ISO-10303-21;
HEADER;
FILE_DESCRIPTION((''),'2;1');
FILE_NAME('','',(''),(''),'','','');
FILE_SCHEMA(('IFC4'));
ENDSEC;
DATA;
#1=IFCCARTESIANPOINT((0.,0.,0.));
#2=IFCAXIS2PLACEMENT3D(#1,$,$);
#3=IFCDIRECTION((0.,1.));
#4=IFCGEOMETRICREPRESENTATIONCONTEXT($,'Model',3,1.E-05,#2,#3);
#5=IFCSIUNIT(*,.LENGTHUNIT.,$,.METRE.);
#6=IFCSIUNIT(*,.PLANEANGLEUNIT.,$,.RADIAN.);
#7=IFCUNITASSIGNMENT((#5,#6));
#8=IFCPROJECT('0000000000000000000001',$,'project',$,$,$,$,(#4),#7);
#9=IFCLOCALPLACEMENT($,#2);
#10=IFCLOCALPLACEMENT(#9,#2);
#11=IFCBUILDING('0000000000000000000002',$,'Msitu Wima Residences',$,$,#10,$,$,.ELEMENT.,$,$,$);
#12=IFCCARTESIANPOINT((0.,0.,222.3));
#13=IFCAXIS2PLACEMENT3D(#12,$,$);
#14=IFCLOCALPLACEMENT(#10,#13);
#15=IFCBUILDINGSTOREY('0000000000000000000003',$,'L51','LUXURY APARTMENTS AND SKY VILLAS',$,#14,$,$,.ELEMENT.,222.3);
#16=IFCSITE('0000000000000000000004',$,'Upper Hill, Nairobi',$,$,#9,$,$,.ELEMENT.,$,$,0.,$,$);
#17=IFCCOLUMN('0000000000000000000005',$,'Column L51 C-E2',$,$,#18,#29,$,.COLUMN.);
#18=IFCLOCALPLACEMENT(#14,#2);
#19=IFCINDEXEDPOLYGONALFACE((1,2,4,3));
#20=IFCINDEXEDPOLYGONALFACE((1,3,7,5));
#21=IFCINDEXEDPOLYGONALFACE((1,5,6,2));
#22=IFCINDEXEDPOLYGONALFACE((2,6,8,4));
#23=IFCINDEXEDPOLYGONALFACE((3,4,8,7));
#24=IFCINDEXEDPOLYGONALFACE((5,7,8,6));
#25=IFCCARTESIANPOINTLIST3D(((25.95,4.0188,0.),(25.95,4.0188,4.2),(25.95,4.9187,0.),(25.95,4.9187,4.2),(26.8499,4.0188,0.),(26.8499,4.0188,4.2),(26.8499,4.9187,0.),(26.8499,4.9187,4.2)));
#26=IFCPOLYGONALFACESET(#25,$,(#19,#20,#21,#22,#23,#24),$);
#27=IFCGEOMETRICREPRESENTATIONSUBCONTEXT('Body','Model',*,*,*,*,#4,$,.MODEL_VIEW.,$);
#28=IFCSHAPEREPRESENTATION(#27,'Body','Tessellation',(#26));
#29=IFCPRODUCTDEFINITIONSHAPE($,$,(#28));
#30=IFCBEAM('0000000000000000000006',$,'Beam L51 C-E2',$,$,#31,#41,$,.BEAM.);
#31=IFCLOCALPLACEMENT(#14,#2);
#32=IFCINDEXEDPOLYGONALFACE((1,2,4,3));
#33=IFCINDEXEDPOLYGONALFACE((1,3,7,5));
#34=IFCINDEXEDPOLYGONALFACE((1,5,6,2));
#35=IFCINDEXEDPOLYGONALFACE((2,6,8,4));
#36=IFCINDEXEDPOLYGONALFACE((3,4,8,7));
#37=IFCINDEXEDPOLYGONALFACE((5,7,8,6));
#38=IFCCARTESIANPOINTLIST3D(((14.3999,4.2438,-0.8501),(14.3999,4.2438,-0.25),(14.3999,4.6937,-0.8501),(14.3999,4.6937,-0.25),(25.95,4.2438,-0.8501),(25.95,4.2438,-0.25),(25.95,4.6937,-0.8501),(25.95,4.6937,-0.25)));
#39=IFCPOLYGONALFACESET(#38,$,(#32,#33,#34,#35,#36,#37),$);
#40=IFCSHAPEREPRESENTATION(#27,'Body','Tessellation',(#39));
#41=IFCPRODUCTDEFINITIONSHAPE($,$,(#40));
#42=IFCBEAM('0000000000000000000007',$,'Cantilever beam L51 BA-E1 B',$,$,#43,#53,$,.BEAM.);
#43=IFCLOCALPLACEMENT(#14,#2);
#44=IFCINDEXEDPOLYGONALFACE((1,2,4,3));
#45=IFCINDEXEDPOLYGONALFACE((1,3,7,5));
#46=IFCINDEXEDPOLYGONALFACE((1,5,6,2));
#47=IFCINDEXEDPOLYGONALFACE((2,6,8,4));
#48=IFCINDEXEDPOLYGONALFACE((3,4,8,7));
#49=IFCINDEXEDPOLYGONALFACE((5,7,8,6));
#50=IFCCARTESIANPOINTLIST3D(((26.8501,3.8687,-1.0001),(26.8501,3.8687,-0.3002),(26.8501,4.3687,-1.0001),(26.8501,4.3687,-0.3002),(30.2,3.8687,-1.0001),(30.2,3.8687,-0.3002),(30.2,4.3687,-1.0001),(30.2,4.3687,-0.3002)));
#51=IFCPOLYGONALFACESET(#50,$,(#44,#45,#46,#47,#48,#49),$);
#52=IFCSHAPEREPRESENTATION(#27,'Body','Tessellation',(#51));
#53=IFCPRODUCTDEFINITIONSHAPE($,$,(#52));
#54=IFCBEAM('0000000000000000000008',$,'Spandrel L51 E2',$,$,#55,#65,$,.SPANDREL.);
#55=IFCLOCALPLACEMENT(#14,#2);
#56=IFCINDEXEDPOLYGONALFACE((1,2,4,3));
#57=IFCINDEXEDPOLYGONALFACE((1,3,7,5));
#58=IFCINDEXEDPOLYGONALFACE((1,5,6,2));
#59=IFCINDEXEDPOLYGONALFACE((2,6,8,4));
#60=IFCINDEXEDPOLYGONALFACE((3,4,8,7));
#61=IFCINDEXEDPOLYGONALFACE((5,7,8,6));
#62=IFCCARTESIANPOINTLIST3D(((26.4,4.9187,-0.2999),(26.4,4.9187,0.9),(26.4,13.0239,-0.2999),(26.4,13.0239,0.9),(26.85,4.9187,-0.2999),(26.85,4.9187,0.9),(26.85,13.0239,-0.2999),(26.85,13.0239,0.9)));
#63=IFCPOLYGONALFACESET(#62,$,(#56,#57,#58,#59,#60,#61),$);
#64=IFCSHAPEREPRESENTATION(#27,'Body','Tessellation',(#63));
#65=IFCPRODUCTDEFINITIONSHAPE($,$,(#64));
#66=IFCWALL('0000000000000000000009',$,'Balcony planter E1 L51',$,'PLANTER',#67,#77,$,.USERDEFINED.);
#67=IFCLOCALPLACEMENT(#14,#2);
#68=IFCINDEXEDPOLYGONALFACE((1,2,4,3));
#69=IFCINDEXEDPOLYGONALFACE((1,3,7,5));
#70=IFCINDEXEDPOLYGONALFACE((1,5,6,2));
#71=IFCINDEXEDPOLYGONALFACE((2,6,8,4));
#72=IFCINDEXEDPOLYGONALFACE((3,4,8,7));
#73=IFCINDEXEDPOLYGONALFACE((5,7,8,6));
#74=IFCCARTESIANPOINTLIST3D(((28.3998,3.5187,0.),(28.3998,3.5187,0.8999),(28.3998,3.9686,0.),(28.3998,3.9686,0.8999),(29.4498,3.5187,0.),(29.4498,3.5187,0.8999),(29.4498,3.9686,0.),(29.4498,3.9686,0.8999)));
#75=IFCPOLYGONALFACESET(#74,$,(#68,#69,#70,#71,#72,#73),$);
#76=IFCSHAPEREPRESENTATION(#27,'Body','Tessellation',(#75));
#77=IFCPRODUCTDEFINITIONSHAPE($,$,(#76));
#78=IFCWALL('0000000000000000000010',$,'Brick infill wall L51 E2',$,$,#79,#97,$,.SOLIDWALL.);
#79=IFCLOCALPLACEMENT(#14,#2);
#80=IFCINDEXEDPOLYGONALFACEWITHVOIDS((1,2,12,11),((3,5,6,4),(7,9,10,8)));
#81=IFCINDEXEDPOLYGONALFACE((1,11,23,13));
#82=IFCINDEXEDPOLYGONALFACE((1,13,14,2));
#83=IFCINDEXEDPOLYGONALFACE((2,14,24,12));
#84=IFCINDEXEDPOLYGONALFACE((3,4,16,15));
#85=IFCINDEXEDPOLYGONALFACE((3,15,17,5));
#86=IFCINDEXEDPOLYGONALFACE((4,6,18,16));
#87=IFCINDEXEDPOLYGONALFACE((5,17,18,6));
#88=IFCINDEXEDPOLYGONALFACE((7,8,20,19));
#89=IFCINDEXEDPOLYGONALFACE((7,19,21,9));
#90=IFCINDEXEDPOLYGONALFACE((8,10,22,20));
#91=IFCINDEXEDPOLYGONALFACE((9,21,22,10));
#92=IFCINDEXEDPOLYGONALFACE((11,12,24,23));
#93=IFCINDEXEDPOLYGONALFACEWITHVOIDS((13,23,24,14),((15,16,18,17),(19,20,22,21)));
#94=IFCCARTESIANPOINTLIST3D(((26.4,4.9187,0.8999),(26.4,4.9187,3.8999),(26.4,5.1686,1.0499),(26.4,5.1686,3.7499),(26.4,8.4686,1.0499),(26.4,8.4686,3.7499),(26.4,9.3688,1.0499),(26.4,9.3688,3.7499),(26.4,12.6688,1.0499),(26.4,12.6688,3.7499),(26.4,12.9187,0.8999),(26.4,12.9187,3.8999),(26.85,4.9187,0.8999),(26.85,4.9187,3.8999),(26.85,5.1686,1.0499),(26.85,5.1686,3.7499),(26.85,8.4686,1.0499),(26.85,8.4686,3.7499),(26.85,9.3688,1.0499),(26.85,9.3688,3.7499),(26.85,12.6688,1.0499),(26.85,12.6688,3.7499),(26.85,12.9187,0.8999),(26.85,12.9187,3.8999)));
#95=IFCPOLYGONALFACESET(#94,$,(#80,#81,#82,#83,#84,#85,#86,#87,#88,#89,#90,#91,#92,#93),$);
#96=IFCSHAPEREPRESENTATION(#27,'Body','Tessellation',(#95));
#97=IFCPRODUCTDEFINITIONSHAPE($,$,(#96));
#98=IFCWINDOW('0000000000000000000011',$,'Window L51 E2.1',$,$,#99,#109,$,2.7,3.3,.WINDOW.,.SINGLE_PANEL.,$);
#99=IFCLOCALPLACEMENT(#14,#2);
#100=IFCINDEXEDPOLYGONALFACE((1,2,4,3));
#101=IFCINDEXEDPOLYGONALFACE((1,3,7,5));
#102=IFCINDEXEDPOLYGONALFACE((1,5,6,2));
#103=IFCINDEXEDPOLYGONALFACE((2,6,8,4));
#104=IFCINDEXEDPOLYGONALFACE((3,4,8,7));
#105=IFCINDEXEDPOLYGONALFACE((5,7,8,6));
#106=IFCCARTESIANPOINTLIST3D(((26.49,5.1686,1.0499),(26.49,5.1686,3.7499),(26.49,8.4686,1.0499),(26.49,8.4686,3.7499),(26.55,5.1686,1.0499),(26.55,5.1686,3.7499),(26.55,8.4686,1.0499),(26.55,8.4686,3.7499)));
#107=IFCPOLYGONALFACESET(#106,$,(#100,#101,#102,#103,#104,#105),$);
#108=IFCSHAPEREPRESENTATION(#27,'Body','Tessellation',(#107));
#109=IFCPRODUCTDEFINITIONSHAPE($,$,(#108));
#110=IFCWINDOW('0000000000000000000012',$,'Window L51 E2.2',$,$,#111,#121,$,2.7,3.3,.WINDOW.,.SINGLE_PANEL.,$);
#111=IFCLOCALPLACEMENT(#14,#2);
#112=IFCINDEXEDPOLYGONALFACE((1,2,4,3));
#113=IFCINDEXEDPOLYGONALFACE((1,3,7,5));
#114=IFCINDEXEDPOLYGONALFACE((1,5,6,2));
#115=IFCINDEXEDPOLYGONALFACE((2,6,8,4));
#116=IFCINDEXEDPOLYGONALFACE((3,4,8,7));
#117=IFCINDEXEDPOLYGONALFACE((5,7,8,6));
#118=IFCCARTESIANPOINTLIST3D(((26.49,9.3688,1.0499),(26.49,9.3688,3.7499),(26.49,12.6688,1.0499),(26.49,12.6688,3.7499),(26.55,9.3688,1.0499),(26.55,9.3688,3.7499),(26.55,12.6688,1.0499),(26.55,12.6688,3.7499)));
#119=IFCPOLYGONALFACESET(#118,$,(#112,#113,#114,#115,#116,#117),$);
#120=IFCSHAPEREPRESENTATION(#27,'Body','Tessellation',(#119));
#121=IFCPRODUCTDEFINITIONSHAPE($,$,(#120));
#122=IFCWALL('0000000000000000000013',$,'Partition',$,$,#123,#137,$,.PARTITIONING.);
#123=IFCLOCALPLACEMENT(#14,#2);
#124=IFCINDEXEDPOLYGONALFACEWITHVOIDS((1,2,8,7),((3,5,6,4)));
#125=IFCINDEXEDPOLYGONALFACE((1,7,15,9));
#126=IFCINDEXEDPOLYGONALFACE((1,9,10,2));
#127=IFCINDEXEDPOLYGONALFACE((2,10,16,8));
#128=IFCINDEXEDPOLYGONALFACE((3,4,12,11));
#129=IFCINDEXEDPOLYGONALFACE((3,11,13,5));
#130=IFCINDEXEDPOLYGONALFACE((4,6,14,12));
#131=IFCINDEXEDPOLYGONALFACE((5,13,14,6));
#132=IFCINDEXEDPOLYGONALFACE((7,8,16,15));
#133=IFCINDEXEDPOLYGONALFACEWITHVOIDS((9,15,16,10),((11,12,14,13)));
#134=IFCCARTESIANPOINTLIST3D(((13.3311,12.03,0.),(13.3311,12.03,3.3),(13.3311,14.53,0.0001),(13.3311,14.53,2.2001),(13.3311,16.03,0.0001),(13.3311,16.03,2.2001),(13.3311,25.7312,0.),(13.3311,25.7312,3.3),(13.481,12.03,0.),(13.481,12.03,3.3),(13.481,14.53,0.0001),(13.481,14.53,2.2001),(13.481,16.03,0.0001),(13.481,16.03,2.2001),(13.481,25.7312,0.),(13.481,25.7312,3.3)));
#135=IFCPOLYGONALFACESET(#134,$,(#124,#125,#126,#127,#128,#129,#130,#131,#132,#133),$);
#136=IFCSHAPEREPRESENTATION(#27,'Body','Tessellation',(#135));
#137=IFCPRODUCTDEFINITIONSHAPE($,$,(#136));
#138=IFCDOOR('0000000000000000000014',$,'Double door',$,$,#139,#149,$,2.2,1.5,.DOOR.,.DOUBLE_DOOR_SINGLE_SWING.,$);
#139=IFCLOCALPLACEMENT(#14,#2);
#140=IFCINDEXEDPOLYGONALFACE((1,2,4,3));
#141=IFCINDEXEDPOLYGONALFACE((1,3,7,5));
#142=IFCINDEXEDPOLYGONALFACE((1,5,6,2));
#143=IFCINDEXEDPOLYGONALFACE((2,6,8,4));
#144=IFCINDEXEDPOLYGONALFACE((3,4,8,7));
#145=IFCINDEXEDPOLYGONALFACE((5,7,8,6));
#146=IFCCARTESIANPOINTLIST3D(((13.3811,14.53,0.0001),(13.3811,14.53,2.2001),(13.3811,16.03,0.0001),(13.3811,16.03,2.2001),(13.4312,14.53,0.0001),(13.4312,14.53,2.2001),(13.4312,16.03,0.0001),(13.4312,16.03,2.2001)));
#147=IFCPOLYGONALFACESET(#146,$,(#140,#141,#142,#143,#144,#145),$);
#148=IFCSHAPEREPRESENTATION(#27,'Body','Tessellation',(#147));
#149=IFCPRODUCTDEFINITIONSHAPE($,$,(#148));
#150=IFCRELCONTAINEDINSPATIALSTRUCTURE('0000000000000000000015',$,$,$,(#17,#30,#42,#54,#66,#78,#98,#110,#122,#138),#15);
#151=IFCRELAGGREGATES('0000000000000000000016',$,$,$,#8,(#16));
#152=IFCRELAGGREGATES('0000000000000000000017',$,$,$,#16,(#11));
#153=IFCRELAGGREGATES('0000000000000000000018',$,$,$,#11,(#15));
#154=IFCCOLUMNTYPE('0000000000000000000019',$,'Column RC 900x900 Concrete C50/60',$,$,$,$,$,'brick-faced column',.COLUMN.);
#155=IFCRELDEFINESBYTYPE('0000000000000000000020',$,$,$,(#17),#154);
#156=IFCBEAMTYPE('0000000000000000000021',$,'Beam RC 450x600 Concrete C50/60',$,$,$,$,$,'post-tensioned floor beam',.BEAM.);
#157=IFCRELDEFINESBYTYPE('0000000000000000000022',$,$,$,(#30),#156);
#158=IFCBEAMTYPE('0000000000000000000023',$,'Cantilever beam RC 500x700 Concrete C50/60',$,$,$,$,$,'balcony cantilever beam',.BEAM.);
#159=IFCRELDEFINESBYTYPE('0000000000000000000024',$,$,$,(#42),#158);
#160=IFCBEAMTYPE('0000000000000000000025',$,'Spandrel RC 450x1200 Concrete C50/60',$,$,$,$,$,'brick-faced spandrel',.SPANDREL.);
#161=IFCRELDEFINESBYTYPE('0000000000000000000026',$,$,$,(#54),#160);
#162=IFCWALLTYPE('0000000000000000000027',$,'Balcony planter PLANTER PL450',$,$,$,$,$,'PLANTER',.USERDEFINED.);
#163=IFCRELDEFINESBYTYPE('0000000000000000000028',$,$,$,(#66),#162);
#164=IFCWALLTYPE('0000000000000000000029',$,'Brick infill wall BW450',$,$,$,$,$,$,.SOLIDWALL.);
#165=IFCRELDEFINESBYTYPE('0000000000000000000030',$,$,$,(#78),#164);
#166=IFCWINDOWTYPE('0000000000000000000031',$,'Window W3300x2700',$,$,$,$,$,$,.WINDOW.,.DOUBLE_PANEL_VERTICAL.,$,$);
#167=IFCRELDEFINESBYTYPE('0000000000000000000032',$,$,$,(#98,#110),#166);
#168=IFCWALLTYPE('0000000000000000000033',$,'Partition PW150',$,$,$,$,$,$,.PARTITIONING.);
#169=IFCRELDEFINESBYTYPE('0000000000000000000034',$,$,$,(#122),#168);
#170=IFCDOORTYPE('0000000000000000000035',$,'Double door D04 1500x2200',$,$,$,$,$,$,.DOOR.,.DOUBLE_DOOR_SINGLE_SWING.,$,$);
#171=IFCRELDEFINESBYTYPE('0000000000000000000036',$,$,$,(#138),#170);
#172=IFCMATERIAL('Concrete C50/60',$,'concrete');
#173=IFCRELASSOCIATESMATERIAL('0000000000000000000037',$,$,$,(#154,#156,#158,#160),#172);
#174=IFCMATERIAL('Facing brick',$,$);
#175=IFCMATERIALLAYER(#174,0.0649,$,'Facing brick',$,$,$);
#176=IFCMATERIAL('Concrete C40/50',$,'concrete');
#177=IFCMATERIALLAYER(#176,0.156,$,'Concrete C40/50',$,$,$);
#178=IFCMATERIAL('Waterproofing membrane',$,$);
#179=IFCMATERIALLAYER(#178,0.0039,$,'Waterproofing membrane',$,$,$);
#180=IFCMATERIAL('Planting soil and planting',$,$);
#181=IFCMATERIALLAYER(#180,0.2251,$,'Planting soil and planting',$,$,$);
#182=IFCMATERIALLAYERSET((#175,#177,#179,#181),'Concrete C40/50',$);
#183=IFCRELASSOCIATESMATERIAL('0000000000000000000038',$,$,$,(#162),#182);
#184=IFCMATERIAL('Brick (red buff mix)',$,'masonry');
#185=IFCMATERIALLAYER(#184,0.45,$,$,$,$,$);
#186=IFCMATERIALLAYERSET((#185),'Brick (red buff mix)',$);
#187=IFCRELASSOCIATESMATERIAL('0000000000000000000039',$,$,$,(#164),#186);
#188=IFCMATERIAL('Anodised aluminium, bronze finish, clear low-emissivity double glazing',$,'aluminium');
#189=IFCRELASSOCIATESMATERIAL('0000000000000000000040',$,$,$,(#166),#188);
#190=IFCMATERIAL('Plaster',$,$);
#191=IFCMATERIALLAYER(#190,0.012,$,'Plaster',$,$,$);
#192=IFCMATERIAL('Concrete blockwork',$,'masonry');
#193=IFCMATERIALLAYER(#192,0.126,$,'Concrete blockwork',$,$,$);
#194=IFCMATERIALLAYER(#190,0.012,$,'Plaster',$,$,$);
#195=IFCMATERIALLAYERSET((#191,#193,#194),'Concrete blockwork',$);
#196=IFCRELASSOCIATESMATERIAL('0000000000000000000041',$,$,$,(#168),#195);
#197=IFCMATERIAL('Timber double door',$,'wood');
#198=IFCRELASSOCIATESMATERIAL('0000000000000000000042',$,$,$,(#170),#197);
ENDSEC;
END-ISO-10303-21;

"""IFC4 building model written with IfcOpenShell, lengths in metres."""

from ifc_helpers import new_model, si_unit, direction, frame, frame_2d, origin, origin_2d, place, context, subcontext, project, spatial, rectangle, extrude, material, layer, layer_set, material_profile, profile_set, type_object, element, fill, save


model = new_model("IFC4")

# Units and contexts
model_context = context("Model", 3, precision=1e-05, world=origin(), true_north=direction((0.0, 1.0)))
body_context = subcontext(model_context, "Body", "Model", "MODEL_VIEW")
ifc_project = project(units=[si_unit("LENGTHUNIT", "METRE"), si_unit("PLANEANGLEUNIT", "RADIAN")], contexts=[model_context])

# Site, building, storey
site_placement = place(None, origin())
site = spatial("IfcSite", under=ifc_project, at=site_placement, Name="Upper Hill, Nairobi", CompositionType="ELEMENT", RefElevation=0.0)
building_placement = place(site_placement, origin())
building = spatial("IfcBuilding", under=site, at=building_placement, Name="Msitu Wima Residences", CompositionType="ELEMENT")
storey_placement = place(building_placement, frame((0.0, 0.0, 222.3)))
storey = spatial("IfcBuildingStorey", under=building, at=storey_placement, Name="L51", Description="LUXURY APARTMENTS AND SKY VILLAS", CompositionType="ELEMENT", Elevation=222.3)

# Column
ifc_material_1 = material(Name="Concrete C50/60", Category="concrete")
ifc_material_profile_1 = material_profile(ifc_material_1, rectangle(XDim=0.8999, YDim=0.8999, at=origin_2d()), Name="RC 900x900")
ifc_profile_set_1 = profile_set([ifc_material_profile_1], Name="Concrete C50/60")
column_type = type_object("IfcColumnType", Name="Column RC 900x900 Concrete C50/60", ElementType="brick-faced column", PredefinedType="COLUMN", material=ifc_profile_set_1)
column_placement = place(storey_placement, frame((26.3999, 4.4688, 0.0), z_axis=(0.0, 0.0, 1.0), x_axis=(0.0, 1.0, 0.0)))
element("IfcColumn", 1, at=column_placement, inside=storey, type_object=column_type, Name="Column L51 C-E2", PredefinedType="COLUMN", context=body_context, shape_type="SweptSolid", body=[
    extrude(rectangle(XDim=0.8999, YDim=0.8999, at=origin_2d()), origin(), (0.0, 0.0, 1.0), 4.2),
])

# Beams
ifc_material_profile_2 = material_profile(ifc_material_1, rectangle(XDim=0.45, YDim=0.6001, at=origin_2d()), Name="RC 450x600")
ifc_profile_set_2 = profile_set([ifc_material_profile_2], Name="Concrete C50/60")
beam_type_1 = type_object("IfcBeamType", Name="Beam RC 450x600 Concrete C50/60", ElementType="post-tensioned floor beam", PredefinedType="BEAM", material=ifc_profile_set_2)
beam_1_placement = place(storey_placement, frame((25.95, 4.4688, -0.55), z_axis=(-1.0, 0.0, 0.0), x_axis=(0.0, -1.0, 0.0)))
element("IfcBeam", 2, at=beam_1_placement, inside=storey, type_object=beam_type_1, Name="Beam L51 C-E2", PredefinedType="BEAM", context=body_context, shape_type="SweptSolid", body=[
    extrude(rectangle(XDim=0.45, YDim=0.6001, at=origin_2d()), origin(), (0.0, 0.0, 1.0), 11.55),
])
ifc_material_profile_3 = material_profile(ifc_material_1, rectangle(XDim=0.5, YDim=0.7, at=origin_2d()), Name="RC 500x700")
ifc_profile_set_3 = profile_set([ifc_material_profile_3], Name="Concrete C50/60")
beam_type_2 = type_object("IfcBeamType", Name="Cantilever beam RC 500x700 Concrete C50/60", ElementType="balcony cantilever beam", PredefinedType="BEAM", material=ifc_profile_set_3)
beam_2_placement = place(storey_placement, frame((26.8501, 4.1187, -0.6501), z_axis=(1.0, 0.0, 0.0), x_axis=(0.0, 1.0, 0.0)))
element("IfcBeam", 3, at=beam_2_placement, inside=storey, type_object=beam_type_2, Name="Cantilever beam L51 BA-E1 B", PredefinedType="BEAM", context=body_context, shape_type="SweptSolid", body=[
    extrude(rectangle(XDim=0.5, YDim=0.7, at=origin_2d()), origin(), (0.0, 0.0, 1.0), 3.3499),
])
ifc_material_profile_4 = material_profile(ifc_material_1, rectangle(XDim=0.45, YDim=1.2, at=origin_2d()), Name="RC 450x1200")
ifc_profile_set_4 = profile_set([ifc_material_profile_4], Name="Concrete C50/60")
beam_type_3 = type_object("IfcBeamType", Name="Spandrel RC 450x1200 Concrete C50/60", ElementType="brick-faced spandrel", PredefinedType="SPANDREL", material=ifc_profile_set_4)
beam_3_placement = place(storey_placement, frame((26.625, 4.9187, 0.3), z_axis=(0.0, 1.0, 0.0), x_axis=(-1.0, 0.0, 0.0)))
element("IfcBeam", 4, at=beam_3_placement, inside=storey, type_object=beam_type_3, Name="Spandrel L51 E2", PredefinedType="SPANDREL", context=body_context, shape_type="SweptSolid", body=[
    extrude(rectangle(XDim=0.45, YDim=1.2, at=origin_2d()), origin(), (0.0, 0.0, 1.0), 8.1052),
])

# Wall
ifc_material_2 = material(Name="Facing brick")
ifc_layer_1 = layer(ifc_material_2, 0.0649, Name="Facing brick")
ifc_material_3 = material(Name="Concrete C40/50", Category="concrete")
ifc_layer_2 = layer(ifc_material_3, 0.156, Name="Concrete C40/50")
ifc_material_4 = material(Name="Waterproofing membrane")
ifc_layer_3 = layer(ifc_material_4, 0.0039, Name="Waterproofing membrane")
ifc_material_5 = material(Name="Planting soil and planting")
ifc_layer_4 = layer(ifc_material_5, 0.2251, Name="Planting soil and planting")
ifc_layer_set_1 = layer_set([ifc_layer_1, ifc_layer_2, ifc_layer_3, ifc_layer_4], Name="Concrete C40/50")
wall_type_1 = type_object("IfcWallType", Name="Balcony planter PLANTER PL450", ElementType="PLANTER", PredefinedType="USERDEFINED", material=ifc_layer_set_1)
wall_1_placement = place(storey_placement, frame((28.3999, 3.7437, 0.0), z_axis=(0.0, 0.0, 1.0), x_axis=(1.0, 0.0, 0.0)))
element("IfcWall", 5, at=wall_1_placement, inside=storey, type_object=wall_type_1, Name="Balcony planter E1 L51", ObjectType="PLANTER", PredefinedType="USERDEFINED", context=body_context, shape_type="SweptSolid", body=[
    extrude(rectangle(XDim=1.05, YDim=0.45, at=frame_2d((0.5249, 0.0))), origin(), (0.0, 0.0, 1.0), 0.8999),
])

# Wall, openings, windows
ifc_material_6 = material(Name="Brick (red buff mix)", Category="masonry")
ifc_layer_5 = layer(ifc_material_6, 0.45)
ifc_layer_set_2 = layer_set([ifc_layer_5], Name="Brick (red buff mix)")
wall_type_2 = type_object("IfcWallType", Name="Brick infill wall BW450", PredefinedType="SOLIDWALL", material=ifc_layer_set_2)
wall_2_placement = place(storey_placement, frame((26.625, 4.9187, 0.8999), z_axis=(0.0, 0.0, 1.0), x_axis=(0.0, 1.0, 0.0)))
wall_2 = element("IfcWall", 6, at=wall_2_placement, inside=storey, type_object=wall_type_2, Name="Brick infill wall L51 E2", PredefinedType="SOLIDWALL", context=body_context, shape_type="SweptSolid", body=[
    extrude(rectangle(XDim=8.0, YDim=0.45, at=frame_2d((4.0, 0.0))), origin(), (0.0, 0.0, 1.0), 3.0),
])
opening_1_placement = place(wall_2_placement, frame((0.25, 0.0, 0.1499)))
opening_1 = element("IfcOpeningElement", 7, at=opening_1_placement, cuts=wall_2, PredefinedType="OPENING", context=body_context, shape_type="SweptSolid", body=[
    extrude(rectangle(XDim=3.3, YDim=2.7, at=frame_2d((1.6499, 1.3501))), frame((0.0, 0.2349, 0.0), z_axis=(0.0, -1.0, 0.0), x_axis=(1.0, 0.0, 0.0)), (0.0, 0.0, 1.0), 0.47),
])
opening_2_placement = place(wall_2_placement, frame((4.4502, 0.0, 0.1499)))
opening_2 = element("IfcOpeningElement", 8, at=opening_2_placement, cuts=wall_2, PredefinedType="OPENING", context=body_context, shape_type="SweptSolid", body=[
    extrude(rectangle(XDim=3.3, YDim=2.7, at=frame_2d((1.6499, 1.3501))), frame((0.0, 0.2349, 0.0), z_axis=(0.0, -1.0, 0.0), x_axis=(1.0, 0.0, 0.0)), (0.0, 0.0, 1.0), 0.47),
])
ifc_material_7 = material(Name="Anodised aluminium, bronze finish, clear low-emissivity double glazing", Category="aluminium")
window_type = type_object("IfcWindowType", Name="Window W3300x2700", PartitioningType="DOUBLE_PANEL_VERTICAL", PredefinedType="WINDOW", material=ifc_material_7)
window_1_placement = place(opening_1_placement, origin())
window_1 = element("IfcWindow", 9, at=window_1_placement, inside=storey, type_object=window_type, Name="Window L51 E2.1", OverallHeight=2.7, OverallWidth=3.3, PartitioningType="SINGLE_PANEL", PredefinedType="WINDOW", context=body_context, shape_type="SweptSolid", body=[
    extrude(rectangle(XDim=3.3, YDim=2.7, at=frame_2d((1.6499, 1.3501))), frame((0.0, 0.135, 0.0), z_axis=(0.0, -1.0, 0.0), x_axis=(1.0, 0.0, 0.0)), (0.0, 0.0, 1.0), 0.0601),
])
fill(opening_1, window_1)
window_2_placement = place(opening_2_placement, origin())
window_2 = element("IfcWindow", 10, at=window_2_placement, inside=storey, type_object=window_type, Name="Window L51 E2.2", OverallHeight=2.7, OverallWidth=3.3, PartitioningType="SINGLE_PANEL", PredefinedType="WINDOW", context=body_context, shape_type="SweptSolid", body=[
    extrude(rectangle(XDim=3.3, YDim=2.7, at=frame_2d((1.6499, 1.3501))), frame((0.0, 0.135, 0.0), z_axis=(0.0, -1.0, 0.0), x_axis=(1.0, 0.0, 0.0)), (0.0, 0.0, 1.0), 0.0601),
])
fill(opening_2, window_2)

# Wall, opening, door
ifc_material_8 = material(Name="Plaster")
ifc_layer_6 = layer(ifc_material_8, 0.012, Name="Plaster")
ifc_material_9 = material(Name="Concrete blockwork", Category="masonry")
ifc_layer_7 = layer(ifc_material_9, 0.126, Name="Concrete blockwork")
ifc_layer_8 = layer(ifc_material_8, 0.012, Name="Plaster")
ifc_layer_set_3 = layer_set([ifc_layer_6, ifc_layer_7, ifc_layer_8], Name="Concrete blockwork")
wall_type_3 = type_object("IfcWallType", Name="Partition PW150", PredefinedType="PARTITIONING", material=ifc_layer_set_3)
wall_3_placement = place(storey_placement, frame((13.406, 12.03, 0.0), z_axis=(0.0, 0.0, 1.0), x_axis=(0.0, 1.0, 0.0)))
wall_3 = element("IfcWall", 11, at=wall_3_placement, inside=storey, type_object=wall_type_3, Name="Partition", PredefinedType="PARTITIONING", context=body_context, shape_type="SweptSolid", body=[
    extrude(rectangle(XDim=13.7012, YDim=0.1499, at=frame_2d((6.8506, 0.0))), origin(), (0.0, 0.0, 1.0), 3.3),
])
opening_3_placement = place(wall_3_placement, frame((2.5, 0.0, 0.0)))
opening_3 = element("IfcOpeningElement", 12, at=opening_3_placement, cuts=wall_3, PredefinedType="OPENING", context=body_context, shape_type="SweptSolid", body=[
    extrude(rectangle(XDim=1.5, YDim=2.2, at=frame_2d((0.75, 1.1001))), frame((0.0, 0.085, 0.0), z_axis=(0.0, -1.0, 0.0), x_axis=(1.0, 0.0, 0.0)), (0.0, 0.0, 1.0), 0.1699),
])
ifc_material_10 = material(Name="Timber double door", Category="wood")
door_type_1 = type_object("IfcDoorType", Name="Double door D04 1500x2200", OperationType="DOUBLE_DOOR_SINGLE_SWING", PredefinedType="DOOR", material=ifc_material_10)
door_1_placement = place(opening_3_placement, origin())
door_1 = element("IfcDoor", 13, at=door_1_placement, inside=storey, type_object=door_type_1, Name="Double door", OperationType="DOUBLE_DOOR_SINGLE_SWING", OverallHeight=2.2, OverallWidth=1.5, PredefinedType="DOOR", context=body_context, shape_type="SweptSolid", body=[
    extrude(rectangle(XDim=1.5, YDim=2.2, at=frame_2d((0.75, 1.1001))), frame((0.0, 0.0249, 0.0), z_axis=(0.0, -1.0, 0.0), x_axis=(1.0, 0.0, 0.0)), (0.0, 0.0, 1.0), 0.05),
])
fill(opening_3, door_1)

save(model, "model.ifc")
